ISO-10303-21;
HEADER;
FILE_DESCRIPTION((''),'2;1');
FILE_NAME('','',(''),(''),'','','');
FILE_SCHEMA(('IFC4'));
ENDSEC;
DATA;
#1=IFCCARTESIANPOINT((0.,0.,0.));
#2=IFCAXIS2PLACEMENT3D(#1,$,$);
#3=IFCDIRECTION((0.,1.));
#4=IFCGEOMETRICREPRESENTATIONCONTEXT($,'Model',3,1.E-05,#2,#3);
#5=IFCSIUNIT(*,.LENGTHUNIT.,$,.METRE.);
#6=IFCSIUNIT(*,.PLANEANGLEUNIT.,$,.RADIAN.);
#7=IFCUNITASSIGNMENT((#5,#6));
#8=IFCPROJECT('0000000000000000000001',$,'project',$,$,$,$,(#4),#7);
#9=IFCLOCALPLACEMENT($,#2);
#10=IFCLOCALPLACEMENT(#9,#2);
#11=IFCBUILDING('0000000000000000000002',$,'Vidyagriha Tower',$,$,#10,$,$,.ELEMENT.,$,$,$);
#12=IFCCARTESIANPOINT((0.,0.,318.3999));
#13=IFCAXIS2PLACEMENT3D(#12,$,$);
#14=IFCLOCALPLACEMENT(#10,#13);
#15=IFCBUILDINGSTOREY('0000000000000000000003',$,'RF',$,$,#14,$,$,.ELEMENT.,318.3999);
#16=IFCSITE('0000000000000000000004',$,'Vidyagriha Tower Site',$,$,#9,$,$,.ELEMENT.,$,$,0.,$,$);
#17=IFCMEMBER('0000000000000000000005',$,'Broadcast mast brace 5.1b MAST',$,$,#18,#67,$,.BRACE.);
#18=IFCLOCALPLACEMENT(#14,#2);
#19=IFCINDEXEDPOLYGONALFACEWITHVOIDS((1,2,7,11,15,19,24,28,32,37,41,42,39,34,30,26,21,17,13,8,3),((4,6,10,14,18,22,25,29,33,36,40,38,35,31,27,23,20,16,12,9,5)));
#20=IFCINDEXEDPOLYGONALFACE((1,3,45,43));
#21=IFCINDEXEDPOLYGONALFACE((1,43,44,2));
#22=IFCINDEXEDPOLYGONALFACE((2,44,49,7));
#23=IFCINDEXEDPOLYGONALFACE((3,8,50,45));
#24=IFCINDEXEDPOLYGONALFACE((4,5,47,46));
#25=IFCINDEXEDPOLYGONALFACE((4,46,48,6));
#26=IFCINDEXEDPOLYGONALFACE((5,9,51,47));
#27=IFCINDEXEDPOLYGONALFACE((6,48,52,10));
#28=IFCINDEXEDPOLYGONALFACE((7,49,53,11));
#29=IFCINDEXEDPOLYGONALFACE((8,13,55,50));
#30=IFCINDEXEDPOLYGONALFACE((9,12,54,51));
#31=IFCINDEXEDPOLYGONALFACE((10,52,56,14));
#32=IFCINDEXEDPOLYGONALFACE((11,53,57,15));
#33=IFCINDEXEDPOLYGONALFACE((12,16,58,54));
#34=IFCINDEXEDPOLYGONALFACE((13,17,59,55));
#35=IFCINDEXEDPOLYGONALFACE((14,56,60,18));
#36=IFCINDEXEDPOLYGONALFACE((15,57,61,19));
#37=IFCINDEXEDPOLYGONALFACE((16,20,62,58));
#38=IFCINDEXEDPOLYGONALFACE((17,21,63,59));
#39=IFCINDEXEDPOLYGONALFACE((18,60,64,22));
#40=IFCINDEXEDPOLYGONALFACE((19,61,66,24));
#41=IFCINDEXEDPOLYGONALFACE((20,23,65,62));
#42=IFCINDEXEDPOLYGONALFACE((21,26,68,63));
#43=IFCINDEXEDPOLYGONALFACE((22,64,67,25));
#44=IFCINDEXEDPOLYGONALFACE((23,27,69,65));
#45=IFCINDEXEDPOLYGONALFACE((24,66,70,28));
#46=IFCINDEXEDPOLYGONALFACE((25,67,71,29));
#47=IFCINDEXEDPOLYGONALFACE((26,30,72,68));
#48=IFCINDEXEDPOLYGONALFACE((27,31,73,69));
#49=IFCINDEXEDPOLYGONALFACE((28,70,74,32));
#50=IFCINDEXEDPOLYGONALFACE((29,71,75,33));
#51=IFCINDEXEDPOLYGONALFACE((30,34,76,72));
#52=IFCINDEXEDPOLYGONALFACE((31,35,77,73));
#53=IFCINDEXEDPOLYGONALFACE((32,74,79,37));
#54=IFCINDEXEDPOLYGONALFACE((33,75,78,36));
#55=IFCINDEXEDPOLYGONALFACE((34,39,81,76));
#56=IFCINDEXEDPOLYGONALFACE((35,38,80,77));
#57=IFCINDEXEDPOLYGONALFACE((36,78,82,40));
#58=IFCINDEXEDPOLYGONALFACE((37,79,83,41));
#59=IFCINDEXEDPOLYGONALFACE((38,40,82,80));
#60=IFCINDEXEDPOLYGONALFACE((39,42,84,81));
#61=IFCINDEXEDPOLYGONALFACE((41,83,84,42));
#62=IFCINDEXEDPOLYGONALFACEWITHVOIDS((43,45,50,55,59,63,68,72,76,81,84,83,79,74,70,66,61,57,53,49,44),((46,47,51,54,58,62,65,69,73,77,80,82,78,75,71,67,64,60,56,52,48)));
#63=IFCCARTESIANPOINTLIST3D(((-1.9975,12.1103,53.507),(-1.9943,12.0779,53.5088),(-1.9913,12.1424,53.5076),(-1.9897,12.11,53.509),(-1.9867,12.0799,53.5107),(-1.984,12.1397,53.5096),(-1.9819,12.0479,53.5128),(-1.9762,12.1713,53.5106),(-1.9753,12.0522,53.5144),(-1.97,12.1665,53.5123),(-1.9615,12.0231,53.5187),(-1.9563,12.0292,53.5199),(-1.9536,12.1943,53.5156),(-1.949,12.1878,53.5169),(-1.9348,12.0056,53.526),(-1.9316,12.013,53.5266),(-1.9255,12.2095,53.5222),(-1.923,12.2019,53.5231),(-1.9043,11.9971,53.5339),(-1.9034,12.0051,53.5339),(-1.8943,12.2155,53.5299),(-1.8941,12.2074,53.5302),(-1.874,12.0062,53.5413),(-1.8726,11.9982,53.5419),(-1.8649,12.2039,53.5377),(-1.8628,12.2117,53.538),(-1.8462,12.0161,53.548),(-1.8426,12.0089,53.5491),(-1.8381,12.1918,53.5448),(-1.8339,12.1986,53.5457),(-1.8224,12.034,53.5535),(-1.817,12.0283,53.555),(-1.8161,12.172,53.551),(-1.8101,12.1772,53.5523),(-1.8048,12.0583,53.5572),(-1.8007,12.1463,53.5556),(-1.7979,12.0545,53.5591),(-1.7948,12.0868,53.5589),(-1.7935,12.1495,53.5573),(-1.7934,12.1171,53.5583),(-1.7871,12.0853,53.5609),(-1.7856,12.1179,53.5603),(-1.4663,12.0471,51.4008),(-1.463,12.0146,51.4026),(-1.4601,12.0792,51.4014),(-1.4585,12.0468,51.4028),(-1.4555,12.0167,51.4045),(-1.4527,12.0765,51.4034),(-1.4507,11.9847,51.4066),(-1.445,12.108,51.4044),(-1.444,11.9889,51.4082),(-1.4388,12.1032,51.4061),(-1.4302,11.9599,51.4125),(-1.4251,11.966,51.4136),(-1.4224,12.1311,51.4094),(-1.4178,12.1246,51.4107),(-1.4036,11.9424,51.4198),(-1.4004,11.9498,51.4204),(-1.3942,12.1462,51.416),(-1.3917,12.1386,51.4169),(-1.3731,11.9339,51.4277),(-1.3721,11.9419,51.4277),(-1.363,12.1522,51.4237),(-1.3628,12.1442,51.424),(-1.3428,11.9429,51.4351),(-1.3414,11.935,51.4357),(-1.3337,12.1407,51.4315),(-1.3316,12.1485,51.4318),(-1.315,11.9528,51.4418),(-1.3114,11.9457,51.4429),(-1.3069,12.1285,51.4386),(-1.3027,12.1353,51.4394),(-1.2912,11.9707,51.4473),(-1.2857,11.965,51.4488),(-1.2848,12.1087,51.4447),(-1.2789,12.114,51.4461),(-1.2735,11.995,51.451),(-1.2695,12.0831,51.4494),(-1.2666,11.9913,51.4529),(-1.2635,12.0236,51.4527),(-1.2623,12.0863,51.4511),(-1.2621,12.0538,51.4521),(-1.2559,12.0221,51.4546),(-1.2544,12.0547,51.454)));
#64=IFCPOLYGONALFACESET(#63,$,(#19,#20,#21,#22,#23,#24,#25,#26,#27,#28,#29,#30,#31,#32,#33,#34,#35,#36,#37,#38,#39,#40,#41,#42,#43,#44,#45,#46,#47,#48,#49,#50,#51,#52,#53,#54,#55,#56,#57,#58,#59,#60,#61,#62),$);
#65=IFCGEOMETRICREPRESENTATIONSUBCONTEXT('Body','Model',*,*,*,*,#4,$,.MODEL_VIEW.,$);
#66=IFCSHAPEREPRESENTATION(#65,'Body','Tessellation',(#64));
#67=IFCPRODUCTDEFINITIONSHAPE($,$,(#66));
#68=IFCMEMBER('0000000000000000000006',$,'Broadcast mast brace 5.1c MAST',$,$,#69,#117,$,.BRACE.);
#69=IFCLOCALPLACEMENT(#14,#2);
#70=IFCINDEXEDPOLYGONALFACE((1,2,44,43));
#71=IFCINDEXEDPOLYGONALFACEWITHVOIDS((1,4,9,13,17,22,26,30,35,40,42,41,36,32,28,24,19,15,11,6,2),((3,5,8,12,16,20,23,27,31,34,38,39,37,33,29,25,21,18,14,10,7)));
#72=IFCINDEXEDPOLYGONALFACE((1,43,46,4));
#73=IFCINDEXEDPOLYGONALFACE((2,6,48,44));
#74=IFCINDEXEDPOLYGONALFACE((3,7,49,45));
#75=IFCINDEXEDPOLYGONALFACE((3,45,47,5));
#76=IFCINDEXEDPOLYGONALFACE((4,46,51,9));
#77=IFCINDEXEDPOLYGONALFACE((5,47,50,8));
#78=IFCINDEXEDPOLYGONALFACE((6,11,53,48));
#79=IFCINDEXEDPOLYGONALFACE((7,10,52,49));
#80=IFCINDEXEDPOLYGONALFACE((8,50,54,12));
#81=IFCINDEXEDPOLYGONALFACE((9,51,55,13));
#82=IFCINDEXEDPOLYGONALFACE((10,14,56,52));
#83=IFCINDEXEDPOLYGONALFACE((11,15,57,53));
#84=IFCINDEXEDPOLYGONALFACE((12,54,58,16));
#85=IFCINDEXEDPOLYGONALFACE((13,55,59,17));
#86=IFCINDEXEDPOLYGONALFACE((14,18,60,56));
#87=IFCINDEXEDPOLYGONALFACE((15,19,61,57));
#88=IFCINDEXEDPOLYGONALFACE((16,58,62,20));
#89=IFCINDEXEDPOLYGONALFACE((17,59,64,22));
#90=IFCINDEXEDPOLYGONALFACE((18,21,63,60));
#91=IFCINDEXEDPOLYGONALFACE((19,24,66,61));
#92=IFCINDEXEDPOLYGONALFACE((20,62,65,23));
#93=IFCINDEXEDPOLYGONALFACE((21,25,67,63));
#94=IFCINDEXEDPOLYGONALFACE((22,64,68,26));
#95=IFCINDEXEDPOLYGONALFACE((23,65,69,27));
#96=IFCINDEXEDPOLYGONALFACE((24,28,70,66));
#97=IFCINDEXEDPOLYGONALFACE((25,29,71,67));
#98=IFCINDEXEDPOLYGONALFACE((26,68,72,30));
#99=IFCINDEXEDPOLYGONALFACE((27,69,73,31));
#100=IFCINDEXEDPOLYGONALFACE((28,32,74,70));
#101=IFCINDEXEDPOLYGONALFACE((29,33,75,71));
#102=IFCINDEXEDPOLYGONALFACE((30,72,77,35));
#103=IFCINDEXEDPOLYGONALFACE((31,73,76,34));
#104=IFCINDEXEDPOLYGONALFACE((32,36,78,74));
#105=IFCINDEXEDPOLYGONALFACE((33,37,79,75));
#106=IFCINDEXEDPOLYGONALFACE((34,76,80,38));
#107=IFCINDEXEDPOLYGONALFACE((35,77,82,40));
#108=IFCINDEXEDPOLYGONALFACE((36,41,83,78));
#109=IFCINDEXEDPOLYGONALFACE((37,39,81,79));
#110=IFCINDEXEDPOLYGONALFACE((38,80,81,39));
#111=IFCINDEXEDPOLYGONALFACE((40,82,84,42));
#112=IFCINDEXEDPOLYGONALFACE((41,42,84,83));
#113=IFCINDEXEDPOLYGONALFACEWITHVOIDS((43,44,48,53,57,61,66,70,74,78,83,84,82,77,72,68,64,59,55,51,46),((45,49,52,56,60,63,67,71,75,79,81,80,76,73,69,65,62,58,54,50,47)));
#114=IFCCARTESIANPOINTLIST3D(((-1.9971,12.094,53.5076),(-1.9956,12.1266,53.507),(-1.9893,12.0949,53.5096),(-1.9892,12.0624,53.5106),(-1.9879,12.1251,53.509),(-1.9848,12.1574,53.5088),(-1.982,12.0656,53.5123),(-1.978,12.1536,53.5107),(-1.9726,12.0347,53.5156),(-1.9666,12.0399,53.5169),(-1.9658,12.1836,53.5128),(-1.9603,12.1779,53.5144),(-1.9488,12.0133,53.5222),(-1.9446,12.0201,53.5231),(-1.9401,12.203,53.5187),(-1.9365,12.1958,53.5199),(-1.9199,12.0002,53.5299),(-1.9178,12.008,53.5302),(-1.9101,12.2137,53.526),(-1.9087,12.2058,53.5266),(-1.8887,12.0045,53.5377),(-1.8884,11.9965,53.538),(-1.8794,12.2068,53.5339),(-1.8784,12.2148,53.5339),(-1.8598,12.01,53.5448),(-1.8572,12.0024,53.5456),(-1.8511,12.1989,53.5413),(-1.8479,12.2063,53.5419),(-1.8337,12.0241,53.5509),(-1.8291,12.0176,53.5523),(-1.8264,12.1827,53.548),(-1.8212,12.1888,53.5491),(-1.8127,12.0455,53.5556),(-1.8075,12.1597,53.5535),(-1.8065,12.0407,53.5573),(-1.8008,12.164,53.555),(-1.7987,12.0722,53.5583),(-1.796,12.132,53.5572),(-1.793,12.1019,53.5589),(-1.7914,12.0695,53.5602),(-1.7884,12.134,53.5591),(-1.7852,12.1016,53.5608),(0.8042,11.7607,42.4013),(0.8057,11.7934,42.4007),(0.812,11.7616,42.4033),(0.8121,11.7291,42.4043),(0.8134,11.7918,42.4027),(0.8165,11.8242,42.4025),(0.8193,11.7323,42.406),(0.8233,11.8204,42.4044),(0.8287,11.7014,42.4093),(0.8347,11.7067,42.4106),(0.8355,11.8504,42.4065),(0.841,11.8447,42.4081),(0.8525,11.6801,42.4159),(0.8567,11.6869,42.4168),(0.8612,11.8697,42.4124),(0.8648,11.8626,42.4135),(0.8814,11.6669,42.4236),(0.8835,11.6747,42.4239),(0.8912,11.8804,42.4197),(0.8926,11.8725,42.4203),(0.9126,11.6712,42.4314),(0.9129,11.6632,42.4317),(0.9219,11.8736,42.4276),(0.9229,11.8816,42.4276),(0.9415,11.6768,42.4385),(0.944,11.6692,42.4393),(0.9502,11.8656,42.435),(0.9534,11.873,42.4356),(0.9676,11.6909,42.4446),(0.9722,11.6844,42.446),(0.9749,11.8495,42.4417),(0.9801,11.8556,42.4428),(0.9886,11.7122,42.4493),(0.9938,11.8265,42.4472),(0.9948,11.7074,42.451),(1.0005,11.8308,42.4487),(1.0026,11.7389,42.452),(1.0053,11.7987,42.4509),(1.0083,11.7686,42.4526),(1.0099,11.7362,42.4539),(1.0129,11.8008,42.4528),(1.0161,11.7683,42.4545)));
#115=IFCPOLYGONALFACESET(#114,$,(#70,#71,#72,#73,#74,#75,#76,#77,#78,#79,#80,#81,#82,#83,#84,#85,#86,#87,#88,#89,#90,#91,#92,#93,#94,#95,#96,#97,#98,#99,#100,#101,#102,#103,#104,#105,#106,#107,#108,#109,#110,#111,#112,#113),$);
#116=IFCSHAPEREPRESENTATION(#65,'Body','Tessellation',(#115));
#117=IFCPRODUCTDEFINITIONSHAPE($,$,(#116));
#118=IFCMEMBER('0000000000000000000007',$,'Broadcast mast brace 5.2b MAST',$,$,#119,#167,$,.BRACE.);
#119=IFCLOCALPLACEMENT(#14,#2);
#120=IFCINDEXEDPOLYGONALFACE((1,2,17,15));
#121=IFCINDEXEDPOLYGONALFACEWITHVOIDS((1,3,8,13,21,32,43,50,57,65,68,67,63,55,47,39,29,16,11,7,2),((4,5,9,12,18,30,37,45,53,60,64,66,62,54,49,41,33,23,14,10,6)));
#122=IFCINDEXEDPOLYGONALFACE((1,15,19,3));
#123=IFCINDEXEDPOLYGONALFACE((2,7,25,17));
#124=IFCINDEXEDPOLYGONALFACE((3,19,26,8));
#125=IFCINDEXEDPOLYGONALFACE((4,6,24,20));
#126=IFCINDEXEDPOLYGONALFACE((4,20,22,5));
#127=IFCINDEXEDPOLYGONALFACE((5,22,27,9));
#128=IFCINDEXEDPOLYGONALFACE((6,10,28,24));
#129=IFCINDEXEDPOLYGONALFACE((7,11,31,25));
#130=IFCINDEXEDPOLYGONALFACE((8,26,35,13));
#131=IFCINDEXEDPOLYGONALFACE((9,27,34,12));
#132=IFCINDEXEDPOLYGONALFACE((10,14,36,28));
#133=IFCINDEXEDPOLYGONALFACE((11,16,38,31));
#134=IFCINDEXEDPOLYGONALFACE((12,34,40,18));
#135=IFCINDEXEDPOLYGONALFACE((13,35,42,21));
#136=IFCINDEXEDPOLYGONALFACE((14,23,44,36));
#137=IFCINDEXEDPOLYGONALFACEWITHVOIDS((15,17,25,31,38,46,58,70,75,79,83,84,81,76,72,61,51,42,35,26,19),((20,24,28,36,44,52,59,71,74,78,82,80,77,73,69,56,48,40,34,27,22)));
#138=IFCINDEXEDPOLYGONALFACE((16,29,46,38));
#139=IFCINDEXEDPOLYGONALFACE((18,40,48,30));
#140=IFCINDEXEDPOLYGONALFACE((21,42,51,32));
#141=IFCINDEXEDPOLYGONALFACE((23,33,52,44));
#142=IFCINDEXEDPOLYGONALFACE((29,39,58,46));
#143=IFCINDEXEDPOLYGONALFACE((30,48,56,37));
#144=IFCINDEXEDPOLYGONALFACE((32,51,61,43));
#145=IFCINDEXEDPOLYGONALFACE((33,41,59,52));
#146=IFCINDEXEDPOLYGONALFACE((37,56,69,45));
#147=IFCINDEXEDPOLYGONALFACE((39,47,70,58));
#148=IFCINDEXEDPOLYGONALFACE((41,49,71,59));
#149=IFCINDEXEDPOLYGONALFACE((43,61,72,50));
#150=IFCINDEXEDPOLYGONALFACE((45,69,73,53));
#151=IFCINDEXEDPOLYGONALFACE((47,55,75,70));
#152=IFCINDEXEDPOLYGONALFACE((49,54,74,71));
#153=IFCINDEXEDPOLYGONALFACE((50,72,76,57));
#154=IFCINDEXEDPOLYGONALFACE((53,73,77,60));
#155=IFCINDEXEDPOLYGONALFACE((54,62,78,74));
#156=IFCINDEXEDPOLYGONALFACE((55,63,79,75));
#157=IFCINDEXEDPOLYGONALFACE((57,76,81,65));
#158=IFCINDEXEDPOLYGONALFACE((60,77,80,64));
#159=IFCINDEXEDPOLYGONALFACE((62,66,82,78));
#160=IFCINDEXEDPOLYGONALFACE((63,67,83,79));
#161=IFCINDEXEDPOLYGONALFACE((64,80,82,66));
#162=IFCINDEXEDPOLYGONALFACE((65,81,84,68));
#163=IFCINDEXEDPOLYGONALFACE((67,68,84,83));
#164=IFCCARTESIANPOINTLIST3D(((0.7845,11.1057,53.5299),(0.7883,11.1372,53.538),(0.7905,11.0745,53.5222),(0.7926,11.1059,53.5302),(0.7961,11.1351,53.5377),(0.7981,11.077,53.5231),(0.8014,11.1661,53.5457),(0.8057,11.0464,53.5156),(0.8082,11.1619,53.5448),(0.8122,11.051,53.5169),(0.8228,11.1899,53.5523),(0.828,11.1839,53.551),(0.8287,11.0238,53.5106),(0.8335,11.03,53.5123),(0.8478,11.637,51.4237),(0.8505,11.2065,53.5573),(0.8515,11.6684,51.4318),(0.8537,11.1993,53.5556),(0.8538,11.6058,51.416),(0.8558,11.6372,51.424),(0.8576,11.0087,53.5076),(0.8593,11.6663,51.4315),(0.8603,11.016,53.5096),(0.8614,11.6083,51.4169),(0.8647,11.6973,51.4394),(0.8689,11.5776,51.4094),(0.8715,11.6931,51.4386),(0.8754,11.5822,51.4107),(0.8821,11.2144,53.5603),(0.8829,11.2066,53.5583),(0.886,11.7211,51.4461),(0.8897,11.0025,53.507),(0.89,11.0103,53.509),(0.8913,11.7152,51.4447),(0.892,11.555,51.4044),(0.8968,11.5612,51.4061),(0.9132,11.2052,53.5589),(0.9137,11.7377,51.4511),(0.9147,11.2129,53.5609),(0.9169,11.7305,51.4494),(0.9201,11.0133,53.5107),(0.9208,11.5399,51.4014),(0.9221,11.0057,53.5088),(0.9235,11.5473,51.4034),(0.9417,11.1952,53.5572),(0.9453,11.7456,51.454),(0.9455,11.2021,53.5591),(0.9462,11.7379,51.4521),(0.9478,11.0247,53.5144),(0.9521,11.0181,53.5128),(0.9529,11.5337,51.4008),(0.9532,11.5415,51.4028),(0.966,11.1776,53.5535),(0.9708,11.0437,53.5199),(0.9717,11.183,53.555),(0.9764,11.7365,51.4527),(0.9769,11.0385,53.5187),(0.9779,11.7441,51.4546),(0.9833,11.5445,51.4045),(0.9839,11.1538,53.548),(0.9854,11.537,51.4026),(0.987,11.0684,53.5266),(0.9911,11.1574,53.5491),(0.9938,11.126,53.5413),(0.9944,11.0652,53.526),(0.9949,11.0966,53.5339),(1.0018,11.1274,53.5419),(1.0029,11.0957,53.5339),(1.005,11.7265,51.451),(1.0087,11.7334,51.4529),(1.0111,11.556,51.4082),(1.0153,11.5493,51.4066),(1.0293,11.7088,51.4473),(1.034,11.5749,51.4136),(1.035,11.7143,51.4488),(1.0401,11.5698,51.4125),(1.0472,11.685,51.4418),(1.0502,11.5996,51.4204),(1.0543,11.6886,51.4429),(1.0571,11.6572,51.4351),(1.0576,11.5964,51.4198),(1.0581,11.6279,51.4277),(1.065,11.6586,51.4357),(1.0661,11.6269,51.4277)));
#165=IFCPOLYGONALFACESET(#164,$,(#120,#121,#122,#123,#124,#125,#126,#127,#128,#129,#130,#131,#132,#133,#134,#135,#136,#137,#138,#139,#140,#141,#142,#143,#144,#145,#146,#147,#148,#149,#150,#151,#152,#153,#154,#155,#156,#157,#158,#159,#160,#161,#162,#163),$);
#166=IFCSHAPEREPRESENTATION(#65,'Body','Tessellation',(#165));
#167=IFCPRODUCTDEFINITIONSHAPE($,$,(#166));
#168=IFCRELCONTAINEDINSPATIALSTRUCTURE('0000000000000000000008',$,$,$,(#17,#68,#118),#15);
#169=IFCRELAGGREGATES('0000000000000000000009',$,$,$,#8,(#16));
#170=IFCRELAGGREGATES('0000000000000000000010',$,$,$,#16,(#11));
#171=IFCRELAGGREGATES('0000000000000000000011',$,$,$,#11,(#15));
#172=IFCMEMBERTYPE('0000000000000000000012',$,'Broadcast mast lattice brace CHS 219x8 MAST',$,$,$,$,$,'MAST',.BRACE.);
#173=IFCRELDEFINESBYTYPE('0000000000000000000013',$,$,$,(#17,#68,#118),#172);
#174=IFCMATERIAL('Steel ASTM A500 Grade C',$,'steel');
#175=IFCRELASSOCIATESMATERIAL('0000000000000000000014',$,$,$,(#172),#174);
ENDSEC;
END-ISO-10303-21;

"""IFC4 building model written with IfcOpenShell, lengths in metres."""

from ifc_helpers import new_model, si_unit, direction, frame, origin, origin_2d, place, context, subcontext, project, spatial, hollow_circle, extrude, material, material_profile, profile_set, type_object, element, save


model = new_model("IFC4")

# Units and contexts
model_context = context("Model", 3, precision=1e-05, world=origin(), true_north=direction((0.0, 1.0)))
body_context = subcontext(model_context, "Body", "Model", "MODEL_VIEW")
ifc_project = project(units=[si_unit("LENGTHUNIT", "METRE"), si_unit("PLANEANGLEUNIT", "RADIAN")], contexts=[model_context])

# Site, building, storey
site_placement = place(None, origin())
site = spatial("IfcSite", under=ifc_project, at=site_placement, Name="Vidyagriha Tower Site", CompositionType="ELEMENT", RefElevation=0.0)
building_placement = place(site_placement, origin())
building = spatial("IfcBuilding", under=site, at=building_placement, Name="Vidyagriha Tower", CompositionType="ELEMENT")
storey_placement = place(building_placement, frame((0.0, 0.0, 318.3999)))
storey = spatial("IfcBuildingStorey", under=building, at=storey_placement, Name="RF", CompositionType="ELEMENT", Elevation=318.3999)

# Members
ifc_material_1 = material(Name="Steel ASTM A500 Grade C", Category="steel")
ifc_material_profile_1 = material_profile(ifc_material_1, hollow_circle(Radius=0.1096, WallThickness=0.0081, at=origin_2d()), Name="Broadcast mast lattice brace CHS 219x8 MAST")
ifc_profile_set_1 = profile_set([ifc_material_profile_1], Name="Steel ASTM A500 Grade C")
member_type_1 = type_object("IfcMemberType", Name="Broadcast mast lattice brace CHS 219x8 MAST", ElementType="MAST", PredefinedType="BRACE", material=ifc_profile_set_1)
member_1_placement = place(storey_placement, frame((-1.3601, 12.0427, 51.4277), z_axis=(-0.244468, 0.029098, 0.969221), x_axis=(-0.118191, -0.992991, 0.0)))
element("IfcMember", 1, at=member_1_placement, inside=storey, type_object=member_type_1, Name="Broadcast mast brace 5.1b MAST", PredefinedType="BRACE", context=body_context, shape_type="SweptSolid", body=[
    extrude(hollow_circle(Radius=0.1096, WallThickness=0.0081, at=origin_2d()), origin(), (0.0, 0.0, 1.0), 2.1731),
])
member_2_placement = place(storey_placement, frame((-1.8914, 12.106, 53.5339), z_axis=(0.244463, -0.029082, -0.969222), x_axis=(0.118132, 0.992998, 0.0)))
element("IfcMember", 2, at=member_2_placement, inside=storey, type_object=member_type_1, Name="Broadcast mast brace 5.1c MAST", PredefinedType="BRACE", context=body_context, shape_type="SweptSolid", body=[
    extrude(hollow_circle(Radius=0.1096, WallThickness=0.0081, at=origin_2d()), origin(), (0.0, 0.0, 1.0), 11.459),
])
member_3_placement = place(storey_placement, frame((0.9573, 11.6399, 51.4277), z_axis=(-0.029098, -0.244468, 0.969221), x_axis=(0.992991, -0.118191, 0.0)))
element("IfcMember", 3, at=member_3_placement, inside=storey, type_object=member_type_1, Name="Broadcast mast brace 5.2b MAST", PredefinedType="BRACE", context=body_context, shape_type="SweptSolid", body=[
    extrude(hollow_circle(Radius=0.1096, WallThickness=0.0081, at=origin_2d()), origin(), (0.0, 0.0, 1.0), 2.1731),
])

save(model, "model.ifc")
